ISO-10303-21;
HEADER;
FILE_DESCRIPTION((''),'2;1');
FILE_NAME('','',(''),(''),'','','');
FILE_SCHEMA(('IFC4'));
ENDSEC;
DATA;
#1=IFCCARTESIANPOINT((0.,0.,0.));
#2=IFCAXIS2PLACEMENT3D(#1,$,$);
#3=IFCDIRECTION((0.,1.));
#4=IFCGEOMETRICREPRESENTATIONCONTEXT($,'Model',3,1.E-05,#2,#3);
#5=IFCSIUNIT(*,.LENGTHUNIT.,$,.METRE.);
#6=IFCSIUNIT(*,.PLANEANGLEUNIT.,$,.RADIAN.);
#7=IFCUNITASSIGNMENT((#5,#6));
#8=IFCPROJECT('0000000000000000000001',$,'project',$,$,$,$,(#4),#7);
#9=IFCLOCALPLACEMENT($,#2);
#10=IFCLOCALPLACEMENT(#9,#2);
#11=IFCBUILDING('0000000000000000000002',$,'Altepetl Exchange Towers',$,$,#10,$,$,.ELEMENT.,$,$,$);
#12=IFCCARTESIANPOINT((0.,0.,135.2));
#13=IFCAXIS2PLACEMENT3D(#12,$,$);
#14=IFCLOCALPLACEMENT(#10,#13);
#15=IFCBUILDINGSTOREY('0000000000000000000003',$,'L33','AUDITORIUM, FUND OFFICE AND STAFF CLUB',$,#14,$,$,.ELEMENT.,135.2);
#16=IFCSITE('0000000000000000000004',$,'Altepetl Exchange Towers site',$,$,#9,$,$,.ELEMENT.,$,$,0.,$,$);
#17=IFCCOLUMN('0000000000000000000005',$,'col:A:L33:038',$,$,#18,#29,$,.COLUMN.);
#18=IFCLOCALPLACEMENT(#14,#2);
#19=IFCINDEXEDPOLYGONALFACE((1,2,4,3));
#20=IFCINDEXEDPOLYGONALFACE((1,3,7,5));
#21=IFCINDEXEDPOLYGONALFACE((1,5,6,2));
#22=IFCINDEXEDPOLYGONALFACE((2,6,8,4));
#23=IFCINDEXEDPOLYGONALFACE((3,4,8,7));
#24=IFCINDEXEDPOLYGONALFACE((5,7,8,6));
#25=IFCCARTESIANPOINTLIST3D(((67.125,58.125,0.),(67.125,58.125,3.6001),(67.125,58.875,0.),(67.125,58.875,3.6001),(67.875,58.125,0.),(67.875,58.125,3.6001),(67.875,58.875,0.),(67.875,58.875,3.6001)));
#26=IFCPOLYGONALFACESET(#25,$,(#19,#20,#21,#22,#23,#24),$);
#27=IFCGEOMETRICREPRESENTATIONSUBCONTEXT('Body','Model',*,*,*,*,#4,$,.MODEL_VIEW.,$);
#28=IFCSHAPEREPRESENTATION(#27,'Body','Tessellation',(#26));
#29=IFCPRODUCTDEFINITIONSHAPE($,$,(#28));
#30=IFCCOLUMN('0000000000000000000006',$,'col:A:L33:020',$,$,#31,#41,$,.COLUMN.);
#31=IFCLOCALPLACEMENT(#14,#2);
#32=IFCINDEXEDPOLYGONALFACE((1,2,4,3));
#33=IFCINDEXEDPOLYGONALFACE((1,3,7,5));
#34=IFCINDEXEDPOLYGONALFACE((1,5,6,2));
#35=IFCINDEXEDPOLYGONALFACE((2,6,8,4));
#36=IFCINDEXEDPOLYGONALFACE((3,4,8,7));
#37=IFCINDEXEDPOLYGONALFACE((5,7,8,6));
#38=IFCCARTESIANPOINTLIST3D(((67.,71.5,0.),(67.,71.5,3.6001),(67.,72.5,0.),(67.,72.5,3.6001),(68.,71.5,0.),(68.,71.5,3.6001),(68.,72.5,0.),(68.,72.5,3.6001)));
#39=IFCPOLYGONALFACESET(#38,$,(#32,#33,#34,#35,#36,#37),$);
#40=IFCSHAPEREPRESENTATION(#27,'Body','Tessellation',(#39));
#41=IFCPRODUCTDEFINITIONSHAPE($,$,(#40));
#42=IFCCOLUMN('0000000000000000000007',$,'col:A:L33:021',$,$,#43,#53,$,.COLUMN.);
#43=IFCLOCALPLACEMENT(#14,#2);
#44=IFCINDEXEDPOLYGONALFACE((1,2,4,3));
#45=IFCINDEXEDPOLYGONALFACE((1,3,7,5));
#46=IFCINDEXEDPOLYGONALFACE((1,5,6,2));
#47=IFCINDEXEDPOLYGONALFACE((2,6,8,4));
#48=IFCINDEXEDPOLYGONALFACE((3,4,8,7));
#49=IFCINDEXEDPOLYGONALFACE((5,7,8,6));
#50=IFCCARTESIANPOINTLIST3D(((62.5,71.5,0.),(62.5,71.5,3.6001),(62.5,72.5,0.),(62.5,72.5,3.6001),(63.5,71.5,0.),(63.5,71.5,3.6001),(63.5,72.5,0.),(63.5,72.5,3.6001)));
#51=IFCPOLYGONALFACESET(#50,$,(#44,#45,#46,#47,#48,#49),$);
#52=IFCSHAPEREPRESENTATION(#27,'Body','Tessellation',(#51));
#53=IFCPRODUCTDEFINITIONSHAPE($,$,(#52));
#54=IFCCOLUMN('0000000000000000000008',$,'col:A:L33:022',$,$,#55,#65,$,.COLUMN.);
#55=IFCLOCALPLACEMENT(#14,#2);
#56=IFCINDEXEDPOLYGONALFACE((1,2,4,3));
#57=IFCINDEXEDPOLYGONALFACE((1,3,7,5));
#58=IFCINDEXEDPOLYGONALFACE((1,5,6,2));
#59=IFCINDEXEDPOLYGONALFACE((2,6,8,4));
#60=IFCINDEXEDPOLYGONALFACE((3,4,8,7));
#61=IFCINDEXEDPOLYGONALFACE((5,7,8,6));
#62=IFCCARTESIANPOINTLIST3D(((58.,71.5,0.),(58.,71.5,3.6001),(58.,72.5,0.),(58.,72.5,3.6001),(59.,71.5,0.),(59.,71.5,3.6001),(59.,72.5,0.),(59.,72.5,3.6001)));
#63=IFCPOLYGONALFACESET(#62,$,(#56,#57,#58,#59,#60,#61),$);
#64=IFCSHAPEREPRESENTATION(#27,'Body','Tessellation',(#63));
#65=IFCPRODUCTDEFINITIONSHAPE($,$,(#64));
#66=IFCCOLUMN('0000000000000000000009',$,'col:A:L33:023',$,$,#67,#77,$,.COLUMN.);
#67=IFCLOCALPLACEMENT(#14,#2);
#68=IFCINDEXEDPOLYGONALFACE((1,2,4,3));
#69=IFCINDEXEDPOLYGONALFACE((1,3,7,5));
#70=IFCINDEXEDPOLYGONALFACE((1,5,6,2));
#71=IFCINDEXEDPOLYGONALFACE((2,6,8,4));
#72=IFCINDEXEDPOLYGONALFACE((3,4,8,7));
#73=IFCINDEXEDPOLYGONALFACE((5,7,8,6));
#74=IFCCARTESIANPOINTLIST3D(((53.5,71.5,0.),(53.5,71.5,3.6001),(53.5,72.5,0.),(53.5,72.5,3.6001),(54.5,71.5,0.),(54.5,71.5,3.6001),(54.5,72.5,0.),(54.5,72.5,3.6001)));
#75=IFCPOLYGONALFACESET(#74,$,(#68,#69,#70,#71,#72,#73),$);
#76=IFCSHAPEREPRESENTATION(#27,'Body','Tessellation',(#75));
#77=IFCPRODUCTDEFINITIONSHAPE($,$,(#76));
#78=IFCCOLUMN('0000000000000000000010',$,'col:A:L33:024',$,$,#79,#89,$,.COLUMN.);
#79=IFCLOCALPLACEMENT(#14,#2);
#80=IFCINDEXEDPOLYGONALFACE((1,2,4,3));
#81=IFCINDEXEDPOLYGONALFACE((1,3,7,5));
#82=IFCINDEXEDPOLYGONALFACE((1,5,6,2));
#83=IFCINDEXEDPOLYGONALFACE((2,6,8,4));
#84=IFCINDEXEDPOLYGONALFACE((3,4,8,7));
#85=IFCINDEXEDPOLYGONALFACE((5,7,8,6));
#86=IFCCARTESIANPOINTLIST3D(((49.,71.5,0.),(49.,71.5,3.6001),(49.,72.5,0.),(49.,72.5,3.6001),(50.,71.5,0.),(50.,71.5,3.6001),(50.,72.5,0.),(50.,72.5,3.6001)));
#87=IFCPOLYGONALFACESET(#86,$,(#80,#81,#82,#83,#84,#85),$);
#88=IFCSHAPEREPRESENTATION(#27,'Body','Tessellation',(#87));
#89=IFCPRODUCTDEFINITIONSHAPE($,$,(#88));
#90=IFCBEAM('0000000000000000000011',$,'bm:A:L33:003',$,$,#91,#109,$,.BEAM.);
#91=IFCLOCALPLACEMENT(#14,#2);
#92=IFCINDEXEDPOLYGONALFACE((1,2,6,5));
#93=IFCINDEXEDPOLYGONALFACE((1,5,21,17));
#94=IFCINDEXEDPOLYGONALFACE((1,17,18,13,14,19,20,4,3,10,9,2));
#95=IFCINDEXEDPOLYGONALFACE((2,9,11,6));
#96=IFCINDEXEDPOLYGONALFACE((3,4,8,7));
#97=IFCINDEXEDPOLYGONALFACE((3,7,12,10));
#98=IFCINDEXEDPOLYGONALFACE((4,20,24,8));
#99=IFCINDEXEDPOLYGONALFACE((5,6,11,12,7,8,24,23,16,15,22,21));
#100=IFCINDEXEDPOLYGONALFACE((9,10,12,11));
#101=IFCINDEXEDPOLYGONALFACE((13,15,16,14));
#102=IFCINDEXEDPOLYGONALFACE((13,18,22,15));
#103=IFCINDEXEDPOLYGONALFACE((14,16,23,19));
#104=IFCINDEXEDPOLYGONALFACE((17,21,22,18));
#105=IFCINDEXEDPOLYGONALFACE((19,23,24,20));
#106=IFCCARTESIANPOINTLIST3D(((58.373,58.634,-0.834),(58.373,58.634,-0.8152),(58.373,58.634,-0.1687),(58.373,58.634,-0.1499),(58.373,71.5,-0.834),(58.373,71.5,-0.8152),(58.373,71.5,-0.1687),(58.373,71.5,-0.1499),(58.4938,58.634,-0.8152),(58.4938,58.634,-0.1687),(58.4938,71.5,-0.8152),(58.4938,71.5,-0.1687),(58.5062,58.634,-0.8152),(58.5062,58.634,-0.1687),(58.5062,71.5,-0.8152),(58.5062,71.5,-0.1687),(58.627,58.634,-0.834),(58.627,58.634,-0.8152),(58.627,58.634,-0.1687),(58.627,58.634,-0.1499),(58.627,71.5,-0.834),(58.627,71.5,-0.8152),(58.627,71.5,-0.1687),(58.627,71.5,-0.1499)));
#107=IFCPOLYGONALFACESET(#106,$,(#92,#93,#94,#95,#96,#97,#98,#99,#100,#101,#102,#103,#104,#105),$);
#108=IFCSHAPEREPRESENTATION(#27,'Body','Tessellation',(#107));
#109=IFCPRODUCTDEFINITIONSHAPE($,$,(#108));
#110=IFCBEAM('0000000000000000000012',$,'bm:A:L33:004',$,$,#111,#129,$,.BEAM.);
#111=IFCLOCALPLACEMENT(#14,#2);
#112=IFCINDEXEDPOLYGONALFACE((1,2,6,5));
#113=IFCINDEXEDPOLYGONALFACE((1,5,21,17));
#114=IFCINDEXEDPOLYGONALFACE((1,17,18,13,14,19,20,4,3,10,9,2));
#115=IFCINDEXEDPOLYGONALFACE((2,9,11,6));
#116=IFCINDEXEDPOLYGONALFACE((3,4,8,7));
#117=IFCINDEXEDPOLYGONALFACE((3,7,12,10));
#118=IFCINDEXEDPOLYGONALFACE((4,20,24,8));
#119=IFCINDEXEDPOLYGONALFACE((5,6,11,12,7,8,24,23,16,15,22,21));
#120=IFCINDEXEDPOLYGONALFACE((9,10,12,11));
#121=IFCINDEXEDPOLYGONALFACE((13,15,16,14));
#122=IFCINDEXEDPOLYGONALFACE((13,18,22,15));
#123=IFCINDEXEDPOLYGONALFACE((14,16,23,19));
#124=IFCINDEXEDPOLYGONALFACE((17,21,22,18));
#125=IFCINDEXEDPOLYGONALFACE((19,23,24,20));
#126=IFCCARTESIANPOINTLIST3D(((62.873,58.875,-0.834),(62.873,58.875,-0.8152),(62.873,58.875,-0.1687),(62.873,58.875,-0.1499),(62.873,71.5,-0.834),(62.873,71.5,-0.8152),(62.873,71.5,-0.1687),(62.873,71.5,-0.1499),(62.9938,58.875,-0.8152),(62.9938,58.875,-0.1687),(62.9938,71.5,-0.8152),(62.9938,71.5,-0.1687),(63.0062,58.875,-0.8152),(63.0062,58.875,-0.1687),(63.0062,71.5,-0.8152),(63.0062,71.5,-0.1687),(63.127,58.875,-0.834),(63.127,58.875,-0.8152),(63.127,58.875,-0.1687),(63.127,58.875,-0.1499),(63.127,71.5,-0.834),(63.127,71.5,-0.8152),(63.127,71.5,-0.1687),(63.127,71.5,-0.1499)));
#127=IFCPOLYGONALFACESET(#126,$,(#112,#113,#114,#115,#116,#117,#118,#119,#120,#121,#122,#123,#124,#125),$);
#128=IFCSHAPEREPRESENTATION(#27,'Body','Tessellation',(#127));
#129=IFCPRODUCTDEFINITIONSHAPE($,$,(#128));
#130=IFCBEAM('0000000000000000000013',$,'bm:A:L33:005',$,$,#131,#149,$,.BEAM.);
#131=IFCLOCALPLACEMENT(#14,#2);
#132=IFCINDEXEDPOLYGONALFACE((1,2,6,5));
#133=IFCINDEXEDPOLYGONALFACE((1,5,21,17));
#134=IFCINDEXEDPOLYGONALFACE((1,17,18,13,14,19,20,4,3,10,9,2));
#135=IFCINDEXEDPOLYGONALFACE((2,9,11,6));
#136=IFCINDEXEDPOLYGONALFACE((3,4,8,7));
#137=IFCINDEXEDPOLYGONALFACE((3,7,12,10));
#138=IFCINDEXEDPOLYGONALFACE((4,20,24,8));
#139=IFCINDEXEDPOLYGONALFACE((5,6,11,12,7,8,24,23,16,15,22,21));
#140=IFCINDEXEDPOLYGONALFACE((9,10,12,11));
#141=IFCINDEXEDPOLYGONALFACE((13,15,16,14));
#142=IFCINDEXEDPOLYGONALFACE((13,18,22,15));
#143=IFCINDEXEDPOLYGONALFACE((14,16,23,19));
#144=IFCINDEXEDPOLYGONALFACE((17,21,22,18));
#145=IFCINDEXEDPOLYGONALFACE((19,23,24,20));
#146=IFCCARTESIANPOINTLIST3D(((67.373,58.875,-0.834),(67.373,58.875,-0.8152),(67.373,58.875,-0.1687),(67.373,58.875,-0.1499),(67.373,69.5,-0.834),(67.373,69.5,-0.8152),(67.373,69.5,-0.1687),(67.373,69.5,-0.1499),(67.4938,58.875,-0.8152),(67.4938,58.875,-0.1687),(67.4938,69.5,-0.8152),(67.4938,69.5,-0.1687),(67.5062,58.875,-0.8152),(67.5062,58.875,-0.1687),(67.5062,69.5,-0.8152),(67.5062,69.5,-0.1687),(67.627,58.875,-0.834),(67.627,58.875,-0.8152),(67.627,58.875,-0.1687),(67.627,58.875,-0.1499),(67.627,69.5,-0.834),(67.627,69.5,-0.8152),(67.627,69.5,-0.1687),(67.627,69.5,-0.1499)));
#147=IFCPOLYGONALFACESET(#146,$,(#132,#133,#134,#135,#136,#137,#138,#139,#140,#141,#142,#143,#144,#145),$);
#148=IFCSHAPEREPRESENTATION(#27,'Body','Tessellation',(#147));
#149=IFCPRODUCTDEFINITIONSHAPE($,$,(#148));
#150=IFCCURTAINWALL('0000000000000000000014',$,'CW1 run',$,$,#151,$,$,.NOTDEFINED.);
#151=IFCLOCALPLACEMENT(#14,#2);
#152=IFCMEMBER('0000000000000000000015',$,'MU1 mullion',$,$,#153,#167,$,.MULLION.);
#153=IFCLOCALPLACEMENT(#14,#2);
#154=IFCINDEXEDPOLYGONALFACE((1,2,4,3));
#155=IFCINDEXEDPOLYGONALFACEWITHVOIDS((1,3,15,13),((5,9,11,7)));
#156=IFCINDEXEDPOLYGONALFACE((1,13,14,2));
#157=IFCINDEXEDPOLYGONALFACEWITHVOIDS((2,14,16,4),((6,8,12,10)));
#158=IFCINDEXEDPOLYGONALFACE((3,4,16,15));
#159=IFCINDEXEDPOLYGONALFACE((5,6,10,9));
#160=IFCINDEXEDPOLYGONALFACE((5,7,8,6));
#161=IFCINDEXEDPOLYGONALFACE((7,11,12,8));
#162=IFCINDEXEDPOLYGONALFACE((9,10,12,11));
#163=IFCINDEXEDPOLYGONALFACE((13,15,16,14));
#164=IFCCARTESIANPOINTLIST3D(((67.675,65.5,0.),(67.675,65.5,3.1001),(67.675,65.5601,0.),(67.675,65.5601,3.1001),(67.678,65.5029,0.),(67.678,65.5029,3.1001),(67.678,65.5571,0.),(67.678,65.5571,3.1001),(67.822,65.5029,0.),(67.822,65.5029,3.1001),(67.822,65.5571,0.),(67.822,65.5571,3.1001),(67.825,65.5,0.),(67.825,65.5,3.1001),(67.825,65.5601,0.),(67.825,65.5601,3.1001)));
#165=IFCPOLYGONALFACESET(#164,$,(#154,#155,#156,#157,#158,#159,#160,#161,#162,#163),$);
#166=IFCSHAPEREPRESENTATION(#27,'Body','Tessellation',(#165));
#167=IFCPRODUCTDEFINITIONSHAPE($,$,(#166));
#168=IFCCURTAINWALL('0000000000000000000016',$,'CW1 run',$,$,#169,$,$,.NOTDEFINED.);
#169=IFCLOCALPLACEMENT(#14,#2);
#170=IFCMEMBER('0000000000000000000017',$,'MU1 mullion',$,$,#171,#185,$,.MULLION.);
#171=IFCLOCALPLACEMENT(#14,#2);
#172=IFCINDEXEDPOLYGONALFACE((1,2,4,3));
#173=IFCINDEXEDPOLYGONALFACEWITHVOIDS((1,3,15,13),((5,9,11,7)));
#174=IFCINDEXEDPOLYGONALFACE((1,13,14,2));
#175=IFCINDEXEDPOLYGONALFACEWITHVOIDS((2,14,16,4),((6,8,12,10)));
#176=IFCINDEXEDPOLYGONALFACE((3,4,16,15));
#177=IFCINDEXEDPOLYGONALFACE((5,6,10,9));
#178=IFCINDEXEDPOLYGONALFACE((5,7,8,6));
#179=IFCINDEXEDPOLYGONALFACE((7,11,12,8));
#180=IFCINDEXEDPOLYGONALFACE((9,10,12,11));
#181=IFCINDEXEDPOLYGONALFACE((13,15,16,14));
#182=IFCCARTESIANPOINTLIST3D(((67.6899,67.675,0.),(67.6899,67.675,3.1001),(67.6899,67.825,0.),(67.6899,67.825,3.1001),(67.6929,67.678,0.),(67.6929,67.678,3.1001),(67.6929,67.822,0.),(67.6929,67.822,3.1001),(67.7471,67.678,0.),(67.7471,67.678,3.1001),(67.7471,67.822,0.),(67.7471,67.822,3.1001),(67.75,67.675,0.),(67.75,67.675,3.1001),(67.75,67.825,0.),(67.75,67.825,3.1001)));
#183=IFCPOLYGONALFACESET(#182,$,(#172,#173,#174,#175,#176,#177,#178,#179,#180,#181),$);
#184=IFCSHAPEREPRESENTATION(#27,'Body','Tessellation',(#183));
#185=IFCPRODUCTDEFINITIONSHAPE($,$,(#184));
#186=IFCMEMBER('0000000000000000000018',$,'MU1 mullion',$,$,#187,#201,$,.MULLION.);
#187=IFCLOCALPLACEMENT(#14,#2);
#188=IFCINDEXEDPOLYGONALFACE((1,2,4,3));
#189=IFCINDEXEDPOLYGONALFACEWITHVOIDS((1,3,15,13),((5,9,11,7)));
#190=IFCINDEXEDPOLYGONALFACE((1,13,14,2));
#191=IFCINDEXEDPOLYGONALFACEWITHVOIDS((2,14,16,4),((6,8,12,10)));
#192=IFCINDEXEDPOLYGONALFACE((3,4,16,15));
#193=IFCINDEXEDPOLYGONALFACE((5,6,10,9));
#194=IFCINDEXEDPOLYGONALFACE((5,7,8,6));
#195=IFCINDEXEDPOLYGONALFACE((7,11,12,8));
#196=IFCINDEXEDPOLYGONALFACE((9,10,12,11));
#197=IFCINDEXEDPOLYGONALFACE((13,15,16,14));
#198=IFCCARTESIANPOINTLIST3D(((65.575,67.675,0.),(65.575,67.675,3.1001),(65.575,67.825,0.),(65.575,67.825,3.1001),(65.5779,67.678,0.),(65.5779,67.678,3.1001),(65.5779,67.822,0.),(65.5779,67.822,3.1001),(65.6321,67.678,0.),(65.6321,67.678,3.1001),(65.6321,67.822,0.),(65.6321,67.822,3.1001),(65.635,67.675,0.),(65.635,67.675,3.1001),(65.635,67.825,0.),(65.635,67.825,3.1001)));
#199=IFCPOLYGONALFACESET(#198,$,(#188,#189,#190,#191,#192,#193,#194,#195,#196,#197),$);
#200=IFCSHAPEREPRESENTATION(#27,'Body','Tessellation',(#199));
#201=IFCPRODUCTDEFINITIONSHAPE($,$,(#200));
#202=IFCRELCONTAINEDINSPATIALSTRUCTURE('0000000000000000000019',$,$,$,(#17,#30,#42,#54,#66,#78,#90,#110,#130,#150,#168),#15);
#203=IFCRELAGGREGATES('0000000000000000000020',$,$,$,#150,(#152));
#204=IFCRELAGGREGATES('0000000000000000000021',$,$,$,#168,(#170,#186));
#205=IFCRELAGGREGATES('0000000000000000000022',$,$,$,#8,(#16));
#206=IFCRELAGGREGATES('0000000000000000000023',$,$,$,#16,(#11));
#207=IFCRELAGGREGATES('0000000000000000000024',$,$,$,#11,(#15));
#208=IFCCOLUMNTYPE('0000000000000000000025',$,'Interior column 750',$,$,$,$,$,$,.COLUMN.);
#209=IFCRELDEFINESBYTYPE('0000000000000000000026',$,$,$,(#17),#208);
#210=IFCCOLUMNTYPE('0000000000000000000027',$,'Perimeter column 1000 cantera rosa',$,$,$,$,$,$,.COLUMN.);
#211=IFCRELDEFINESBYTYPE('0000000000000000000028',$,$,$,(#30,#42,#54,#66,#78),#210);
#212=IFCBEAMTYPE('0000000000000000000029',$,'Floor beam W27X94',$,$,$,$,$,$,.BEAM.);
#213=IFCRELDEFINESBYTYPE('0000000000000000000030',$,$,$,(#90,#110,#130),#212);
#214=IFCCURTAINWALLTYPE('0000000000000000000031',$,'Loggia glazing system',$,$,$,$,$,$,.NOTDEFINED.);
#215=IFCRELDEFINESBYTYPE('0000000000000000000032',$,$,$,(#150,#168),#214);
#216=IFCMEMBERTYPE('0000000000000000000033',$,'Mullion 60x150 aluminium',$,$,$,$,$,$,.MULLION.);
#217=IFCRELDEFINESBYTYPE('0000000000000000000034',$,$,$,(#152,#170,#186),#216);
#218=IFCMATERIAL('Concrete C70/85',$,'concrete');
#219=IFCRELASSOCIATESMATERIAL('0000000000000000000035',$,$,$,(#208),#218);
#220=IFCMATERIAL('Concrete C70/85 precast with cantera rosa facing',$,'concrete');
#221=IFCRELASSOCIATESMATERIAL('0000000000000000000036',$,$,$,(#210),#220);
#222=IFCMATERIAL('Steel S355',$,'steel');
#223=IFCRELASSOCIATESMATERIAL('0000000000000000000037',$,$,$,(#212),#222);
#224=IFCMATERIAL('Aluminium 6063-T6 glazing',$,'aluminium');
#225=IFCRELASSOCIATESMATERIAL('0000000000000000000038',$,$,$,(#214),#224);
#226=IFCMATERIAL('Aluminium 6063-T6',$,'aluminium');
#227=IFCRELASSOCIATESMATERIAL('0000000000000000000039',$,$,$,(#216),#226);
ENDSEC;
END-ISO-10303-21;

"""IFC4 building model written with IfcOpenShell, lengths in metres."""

from ifc_helpers import new_model, si_unit, direction, frame, origin, origin_2d, place, context, subcontext, project, spatial, rectangle, hollow_rectangle, i_section, extrude, material, material_profile, profile_set, type_object, element, aggregate, save


model = new_model("IFC4")

# Units and contexts
model_context = context("Model", 3, precision=1e-05, world=origin(), true_north=direction((0.0, 1.0)))
body_context = subcontext(model_context, "Body", "Model", "MODEL_VIEW")
ifc_project = project(units=[si_unit("LENGTHUNIT", "METRE"), si_unit("PLANEANGLEUNIT", "RADIAN")], contexts=[model_context])

# Site, building, storey
site_placement = place(None, origin())
site = spatial("IfcSite", under=ifc_project, at=site_placement, Name="Altepetl Exchange Towers site", CompositionType="ELEMENT", RefElevation=0.0)
building_placement = place(site_placement, origin())
building = spatial("IfcBuilding", under=site, at=building_placement, Name="Altepetl Exchange Towers", CompositionType="ELEMENT")
storey_placement = place(building_placement, frame((0.0, 0.0, 135.2)))
storey = spatial("IfcBuildingStorey", under=building, at=storey_placement, Name="L33", Description="AUDITORIUM, FUND OFFICE AND STAFF CLUB", CompositionType="ELEMENT", Elevation=135.2)

# Columns
ifc_material_1 = material(Name="Concrete C70/85", Category="concrete")
ifc_material_profile_1 = material_profile(ifc_material_1, rectangle(XDim=0.75, YDim=0.75, at=origin_2d()), Name="750 x 750")
ifc_profile_set_1 = profile_set([ifc_material_profile_1], Name="Concrete C70/85")
column_type_1 = type_object("IfcColumnType", Name="Interior column 750", PredefinedType="COLUMN", material=ifc_profile_set_1)
column_placement = place(storey_placement, frame((67.5, 58.5, 0.0)))
element("IfcColumn", 1, at=column_placement, inside=storey, type_object=column_type_1, Name="col:A:L33:038", PredefinedType="COLUMN", context=body_context, shape_type="SweptSolid", body=[
    extrude(rectangle(XDim=0.75, YDim=0.75, at=origin_2d()), origin(), (0.0, 0.0, 1.0), 3.6001),
])
ifc_material_2 = material(Name="Concrete C70/85 precast with cantera rosa facing", Category="concrete")
ifc_material_profile_2 = material_profile(ifc_material_2, rectangle(XDim=1.0, YDim=1.0, at=origin_2d()), Name="1000 x 1000")
ifc_profile_set_2 = profile_set([ifc_material_profile_2], Name="Concrete C70/85 precast with cantera rosa facing")
column_type_2 = type_object("IfcColumnType", Name="Perimeter column 1000 cantera rosa", PredefinedType="COLUMN", material=ifc_profile_set_2)
for number, where, name in (
    (2, (67.5, 72.0, 0.0), "col:A:L33:020"),
    (3, (63.0, 72.0, 0.0), "col:A:L33:021"),
    (4, (58.5, 72.0, 0.0), "col:A:L33:022"),
    (5, (54.0, 72.0, 0.0), "col:A:L33:023"),
    (6, (49.5, 72.0, 0.0), "col:A:L33:024"),
):
    element("IfcColumn", number, at=place(storey_placement, frame(where)), inside=storey, type_object=column_type_2, Name=name, PredefinedType="COLUMN", context=body_context, shape_type="SweptSolid", body=[
        extrude(rectangle(XDim=1.0, YDim=1.0, at=origin_2d()), origin(), (0.0, 0.0, 1.0), 3.6001),
    ])

# Beams
ifc_material_3 = material(Name="Steel S355", Category="steel")
ifc_material_profile_3 = material_profile(ifc_material_3, i_section(OverallWidth=0.2539, OverallDepth=0.6841, WebThickness=0.0125, FlangeThickness=0.0188, at=origin_2d()), Name="W27X94")
ifc_profile_set_3 = profile_set([ifc_material_profile_3], Name="Steel S355")
beam_type_1 = type_object("IfcBeamType", Name="Floor beam W27X94", PredefinedType="BEAM", material=ifc_profile_set_3)
beam_1_placement = place(storey_placement, frame((58.5, 58.634, -0.4919), z_axis=(0.0, 1.0, 0.0), x_axis=(-1.0, 0.0, 0.0)))
element("IfcBeam", 7, at=beam_1_placement, inside=storey, type_object=beam_type_1, Name="bm:A:L33:003", PredefinedType="BEAM", context=body_context, shape_type="SweptSolid", body=[
    extrude(i_section(OverallWidth=0.2539, OverallDepth=0.6841, WebThickness=0.0125, FlangeThickness=0.0188, at=origin_2d()), origin(), (0.0, 0.0, 1.0), 12.866),
])
beam_2_placement = place(storey_placement, frame((63.0, 58.875, -0.4919), z_axis=(0.0, 1.0, 0.0), x_axis=(-1.0, 0.0, 0.0)))
element("IfcBeam", 8, at=beam_2_placement, inside=storey, type_object=beam_type_1, Name="bm:A:L33:004", PredefinedType="BEAM", context=body_context, shape_type="SweptSolid", body=[
    extrude(i_section(OverallWidth=0.2539, OverallDepth=0.6841, WebThickness=0.0125, FlangeThickness=0.0188, at=origin_2d()), origin(), (0.0, 0.0, 1.0), 12.625),
])
beam_3_placement = place(storey_placement, frame((67.5, 58.875, -0.4919), z_axis=(0.0, 1.0, 0.0), x_axis=(-1.0, 0.0, 0.0)))
element("IfcBeam", 9, at=beam_3_placement, inside=storey, type_object=beam_type_1, Name="bm:A:L33:005", PredefinedType="BEAM", context=body_context, shape_type="SweptSolid", body=[
    extrude(i_section(OverallWidth=0.2539, OverallDepth=0.6841, WebThickness=0.0125, FlangeThickness=0.0188, at=origin_2d()), origin(), (0.0, 0.0, 1.0), 10.625),
])

# Curtain wall, member
ifc_material_4 = material(Name="Aluminium 6063-T6 glazing", Category="aluminium")
curtain_wall_type = type_object("IfcCurtainWallType", Name="Loggia glazing system", PredefinedType="NOTDEFINED", material=ifc_material_4)
curtain_wall_1_placement = place(storey_placement, origin())
curtain_wall_1 = element("IfcCurtainWall", 10, at=curtain_wall_1_placement, inside=storey, type_object=curtain_wall_type, Name="CW1 run", PredefinedType="NOTDEFINED")
ifc_material_5 = material(Name="Aluminium 6063-T6", Category="aluminium")
ifc_material_profile_4 = material_profile(ifc_material_5, hollow_rectangle(XDim=0.0601, YDim=0.1499, WallThickness=0.0029, at=origin_2d()), Name="Mullion 60x150 aluminium")
ifc_profile_set_4 = profile_set([ifc_material_profile_4], Name="Aluminium 6063-T6")
member_type = type_object("IfcMemberType", Name="Mullion 60x150 aluminium", PredefinedType="MULLION", material=ifc_profile_set_4)
member_1_placement = place(storey_placement, frame((67.75, 65.53, 0.0), z_axis=(0.0, 0.0, 1.0), x_axis=(0.0, 1.0, 0.0)))
member_1 = element("IfcMember", 11, at=member_1_placement, type_object=member_type, Name="MU1 mullion", PredefinedType="MULLION", context=body_context, shape_type="SweptSolid", body=[
    extrude(hollow_rectangle(XDim=0.0601, YDim=0.1499, WallThickness=0.0029, at=origin_2d()), origin(), (0.0, 0.0, 1.0), 3.1001),
])
aggregate(curtain_wall_1, [member_1])

# Curtain wall, members
curtain_wall_2_placement = place(storey_placement, origin())
curtain_wall_2 = element("IfcCurtainWall", 12, at=curtain_wall_2_placement, inside=storey, type_object=curtain_wall_type, Name="CW1 run", PredefinedType="NOTDEFINED")
member_2_placement = place(storey_placement, frame((67.72, 67.75, 0.0), z_axis=(0.0, 0.0, 1.0), x_axis=(-1.0, 0.0, 0.0)))
member_2 = element("IfcMember", 13, at=member_2_placement, type_object=member_type, Name="MU1 mullion", PredefinedType="MULLION", context=body_context, shape_type="SweptSolid", body=[
    extrude(hollow_rectangle(XDim=0.0601, YDim=0.1499, WallThickness=0.0029, at=origin_2d()), origin(), (0.0, 0.0, 1.0), 3.1001),
])
member_3_placement = place(storey_placement, frame((65.605, 67.75, 0.0), z_axis=(0.0, 0.0, 1.0), x_axis=(-1.0, 0.0, 0.0)))
member_3 = element("IfcMember", 14, at=member_3_placement, type_object=member_type, Name="MU1 mullion", PredefinedType="MULLION", context=body_context, shape_type="SweptSolid", body=[
    extrude(hollow_rectangle(XDim=0.0601, YDim=0.1499, WallThickness=0.0029, at=origin_2d()), origin(), (0.0, 0.0, 1.0), 3.1001),
])

aggregate(curtain_wall_2, [member_2, member_3])

save(model, "model.ifc")
